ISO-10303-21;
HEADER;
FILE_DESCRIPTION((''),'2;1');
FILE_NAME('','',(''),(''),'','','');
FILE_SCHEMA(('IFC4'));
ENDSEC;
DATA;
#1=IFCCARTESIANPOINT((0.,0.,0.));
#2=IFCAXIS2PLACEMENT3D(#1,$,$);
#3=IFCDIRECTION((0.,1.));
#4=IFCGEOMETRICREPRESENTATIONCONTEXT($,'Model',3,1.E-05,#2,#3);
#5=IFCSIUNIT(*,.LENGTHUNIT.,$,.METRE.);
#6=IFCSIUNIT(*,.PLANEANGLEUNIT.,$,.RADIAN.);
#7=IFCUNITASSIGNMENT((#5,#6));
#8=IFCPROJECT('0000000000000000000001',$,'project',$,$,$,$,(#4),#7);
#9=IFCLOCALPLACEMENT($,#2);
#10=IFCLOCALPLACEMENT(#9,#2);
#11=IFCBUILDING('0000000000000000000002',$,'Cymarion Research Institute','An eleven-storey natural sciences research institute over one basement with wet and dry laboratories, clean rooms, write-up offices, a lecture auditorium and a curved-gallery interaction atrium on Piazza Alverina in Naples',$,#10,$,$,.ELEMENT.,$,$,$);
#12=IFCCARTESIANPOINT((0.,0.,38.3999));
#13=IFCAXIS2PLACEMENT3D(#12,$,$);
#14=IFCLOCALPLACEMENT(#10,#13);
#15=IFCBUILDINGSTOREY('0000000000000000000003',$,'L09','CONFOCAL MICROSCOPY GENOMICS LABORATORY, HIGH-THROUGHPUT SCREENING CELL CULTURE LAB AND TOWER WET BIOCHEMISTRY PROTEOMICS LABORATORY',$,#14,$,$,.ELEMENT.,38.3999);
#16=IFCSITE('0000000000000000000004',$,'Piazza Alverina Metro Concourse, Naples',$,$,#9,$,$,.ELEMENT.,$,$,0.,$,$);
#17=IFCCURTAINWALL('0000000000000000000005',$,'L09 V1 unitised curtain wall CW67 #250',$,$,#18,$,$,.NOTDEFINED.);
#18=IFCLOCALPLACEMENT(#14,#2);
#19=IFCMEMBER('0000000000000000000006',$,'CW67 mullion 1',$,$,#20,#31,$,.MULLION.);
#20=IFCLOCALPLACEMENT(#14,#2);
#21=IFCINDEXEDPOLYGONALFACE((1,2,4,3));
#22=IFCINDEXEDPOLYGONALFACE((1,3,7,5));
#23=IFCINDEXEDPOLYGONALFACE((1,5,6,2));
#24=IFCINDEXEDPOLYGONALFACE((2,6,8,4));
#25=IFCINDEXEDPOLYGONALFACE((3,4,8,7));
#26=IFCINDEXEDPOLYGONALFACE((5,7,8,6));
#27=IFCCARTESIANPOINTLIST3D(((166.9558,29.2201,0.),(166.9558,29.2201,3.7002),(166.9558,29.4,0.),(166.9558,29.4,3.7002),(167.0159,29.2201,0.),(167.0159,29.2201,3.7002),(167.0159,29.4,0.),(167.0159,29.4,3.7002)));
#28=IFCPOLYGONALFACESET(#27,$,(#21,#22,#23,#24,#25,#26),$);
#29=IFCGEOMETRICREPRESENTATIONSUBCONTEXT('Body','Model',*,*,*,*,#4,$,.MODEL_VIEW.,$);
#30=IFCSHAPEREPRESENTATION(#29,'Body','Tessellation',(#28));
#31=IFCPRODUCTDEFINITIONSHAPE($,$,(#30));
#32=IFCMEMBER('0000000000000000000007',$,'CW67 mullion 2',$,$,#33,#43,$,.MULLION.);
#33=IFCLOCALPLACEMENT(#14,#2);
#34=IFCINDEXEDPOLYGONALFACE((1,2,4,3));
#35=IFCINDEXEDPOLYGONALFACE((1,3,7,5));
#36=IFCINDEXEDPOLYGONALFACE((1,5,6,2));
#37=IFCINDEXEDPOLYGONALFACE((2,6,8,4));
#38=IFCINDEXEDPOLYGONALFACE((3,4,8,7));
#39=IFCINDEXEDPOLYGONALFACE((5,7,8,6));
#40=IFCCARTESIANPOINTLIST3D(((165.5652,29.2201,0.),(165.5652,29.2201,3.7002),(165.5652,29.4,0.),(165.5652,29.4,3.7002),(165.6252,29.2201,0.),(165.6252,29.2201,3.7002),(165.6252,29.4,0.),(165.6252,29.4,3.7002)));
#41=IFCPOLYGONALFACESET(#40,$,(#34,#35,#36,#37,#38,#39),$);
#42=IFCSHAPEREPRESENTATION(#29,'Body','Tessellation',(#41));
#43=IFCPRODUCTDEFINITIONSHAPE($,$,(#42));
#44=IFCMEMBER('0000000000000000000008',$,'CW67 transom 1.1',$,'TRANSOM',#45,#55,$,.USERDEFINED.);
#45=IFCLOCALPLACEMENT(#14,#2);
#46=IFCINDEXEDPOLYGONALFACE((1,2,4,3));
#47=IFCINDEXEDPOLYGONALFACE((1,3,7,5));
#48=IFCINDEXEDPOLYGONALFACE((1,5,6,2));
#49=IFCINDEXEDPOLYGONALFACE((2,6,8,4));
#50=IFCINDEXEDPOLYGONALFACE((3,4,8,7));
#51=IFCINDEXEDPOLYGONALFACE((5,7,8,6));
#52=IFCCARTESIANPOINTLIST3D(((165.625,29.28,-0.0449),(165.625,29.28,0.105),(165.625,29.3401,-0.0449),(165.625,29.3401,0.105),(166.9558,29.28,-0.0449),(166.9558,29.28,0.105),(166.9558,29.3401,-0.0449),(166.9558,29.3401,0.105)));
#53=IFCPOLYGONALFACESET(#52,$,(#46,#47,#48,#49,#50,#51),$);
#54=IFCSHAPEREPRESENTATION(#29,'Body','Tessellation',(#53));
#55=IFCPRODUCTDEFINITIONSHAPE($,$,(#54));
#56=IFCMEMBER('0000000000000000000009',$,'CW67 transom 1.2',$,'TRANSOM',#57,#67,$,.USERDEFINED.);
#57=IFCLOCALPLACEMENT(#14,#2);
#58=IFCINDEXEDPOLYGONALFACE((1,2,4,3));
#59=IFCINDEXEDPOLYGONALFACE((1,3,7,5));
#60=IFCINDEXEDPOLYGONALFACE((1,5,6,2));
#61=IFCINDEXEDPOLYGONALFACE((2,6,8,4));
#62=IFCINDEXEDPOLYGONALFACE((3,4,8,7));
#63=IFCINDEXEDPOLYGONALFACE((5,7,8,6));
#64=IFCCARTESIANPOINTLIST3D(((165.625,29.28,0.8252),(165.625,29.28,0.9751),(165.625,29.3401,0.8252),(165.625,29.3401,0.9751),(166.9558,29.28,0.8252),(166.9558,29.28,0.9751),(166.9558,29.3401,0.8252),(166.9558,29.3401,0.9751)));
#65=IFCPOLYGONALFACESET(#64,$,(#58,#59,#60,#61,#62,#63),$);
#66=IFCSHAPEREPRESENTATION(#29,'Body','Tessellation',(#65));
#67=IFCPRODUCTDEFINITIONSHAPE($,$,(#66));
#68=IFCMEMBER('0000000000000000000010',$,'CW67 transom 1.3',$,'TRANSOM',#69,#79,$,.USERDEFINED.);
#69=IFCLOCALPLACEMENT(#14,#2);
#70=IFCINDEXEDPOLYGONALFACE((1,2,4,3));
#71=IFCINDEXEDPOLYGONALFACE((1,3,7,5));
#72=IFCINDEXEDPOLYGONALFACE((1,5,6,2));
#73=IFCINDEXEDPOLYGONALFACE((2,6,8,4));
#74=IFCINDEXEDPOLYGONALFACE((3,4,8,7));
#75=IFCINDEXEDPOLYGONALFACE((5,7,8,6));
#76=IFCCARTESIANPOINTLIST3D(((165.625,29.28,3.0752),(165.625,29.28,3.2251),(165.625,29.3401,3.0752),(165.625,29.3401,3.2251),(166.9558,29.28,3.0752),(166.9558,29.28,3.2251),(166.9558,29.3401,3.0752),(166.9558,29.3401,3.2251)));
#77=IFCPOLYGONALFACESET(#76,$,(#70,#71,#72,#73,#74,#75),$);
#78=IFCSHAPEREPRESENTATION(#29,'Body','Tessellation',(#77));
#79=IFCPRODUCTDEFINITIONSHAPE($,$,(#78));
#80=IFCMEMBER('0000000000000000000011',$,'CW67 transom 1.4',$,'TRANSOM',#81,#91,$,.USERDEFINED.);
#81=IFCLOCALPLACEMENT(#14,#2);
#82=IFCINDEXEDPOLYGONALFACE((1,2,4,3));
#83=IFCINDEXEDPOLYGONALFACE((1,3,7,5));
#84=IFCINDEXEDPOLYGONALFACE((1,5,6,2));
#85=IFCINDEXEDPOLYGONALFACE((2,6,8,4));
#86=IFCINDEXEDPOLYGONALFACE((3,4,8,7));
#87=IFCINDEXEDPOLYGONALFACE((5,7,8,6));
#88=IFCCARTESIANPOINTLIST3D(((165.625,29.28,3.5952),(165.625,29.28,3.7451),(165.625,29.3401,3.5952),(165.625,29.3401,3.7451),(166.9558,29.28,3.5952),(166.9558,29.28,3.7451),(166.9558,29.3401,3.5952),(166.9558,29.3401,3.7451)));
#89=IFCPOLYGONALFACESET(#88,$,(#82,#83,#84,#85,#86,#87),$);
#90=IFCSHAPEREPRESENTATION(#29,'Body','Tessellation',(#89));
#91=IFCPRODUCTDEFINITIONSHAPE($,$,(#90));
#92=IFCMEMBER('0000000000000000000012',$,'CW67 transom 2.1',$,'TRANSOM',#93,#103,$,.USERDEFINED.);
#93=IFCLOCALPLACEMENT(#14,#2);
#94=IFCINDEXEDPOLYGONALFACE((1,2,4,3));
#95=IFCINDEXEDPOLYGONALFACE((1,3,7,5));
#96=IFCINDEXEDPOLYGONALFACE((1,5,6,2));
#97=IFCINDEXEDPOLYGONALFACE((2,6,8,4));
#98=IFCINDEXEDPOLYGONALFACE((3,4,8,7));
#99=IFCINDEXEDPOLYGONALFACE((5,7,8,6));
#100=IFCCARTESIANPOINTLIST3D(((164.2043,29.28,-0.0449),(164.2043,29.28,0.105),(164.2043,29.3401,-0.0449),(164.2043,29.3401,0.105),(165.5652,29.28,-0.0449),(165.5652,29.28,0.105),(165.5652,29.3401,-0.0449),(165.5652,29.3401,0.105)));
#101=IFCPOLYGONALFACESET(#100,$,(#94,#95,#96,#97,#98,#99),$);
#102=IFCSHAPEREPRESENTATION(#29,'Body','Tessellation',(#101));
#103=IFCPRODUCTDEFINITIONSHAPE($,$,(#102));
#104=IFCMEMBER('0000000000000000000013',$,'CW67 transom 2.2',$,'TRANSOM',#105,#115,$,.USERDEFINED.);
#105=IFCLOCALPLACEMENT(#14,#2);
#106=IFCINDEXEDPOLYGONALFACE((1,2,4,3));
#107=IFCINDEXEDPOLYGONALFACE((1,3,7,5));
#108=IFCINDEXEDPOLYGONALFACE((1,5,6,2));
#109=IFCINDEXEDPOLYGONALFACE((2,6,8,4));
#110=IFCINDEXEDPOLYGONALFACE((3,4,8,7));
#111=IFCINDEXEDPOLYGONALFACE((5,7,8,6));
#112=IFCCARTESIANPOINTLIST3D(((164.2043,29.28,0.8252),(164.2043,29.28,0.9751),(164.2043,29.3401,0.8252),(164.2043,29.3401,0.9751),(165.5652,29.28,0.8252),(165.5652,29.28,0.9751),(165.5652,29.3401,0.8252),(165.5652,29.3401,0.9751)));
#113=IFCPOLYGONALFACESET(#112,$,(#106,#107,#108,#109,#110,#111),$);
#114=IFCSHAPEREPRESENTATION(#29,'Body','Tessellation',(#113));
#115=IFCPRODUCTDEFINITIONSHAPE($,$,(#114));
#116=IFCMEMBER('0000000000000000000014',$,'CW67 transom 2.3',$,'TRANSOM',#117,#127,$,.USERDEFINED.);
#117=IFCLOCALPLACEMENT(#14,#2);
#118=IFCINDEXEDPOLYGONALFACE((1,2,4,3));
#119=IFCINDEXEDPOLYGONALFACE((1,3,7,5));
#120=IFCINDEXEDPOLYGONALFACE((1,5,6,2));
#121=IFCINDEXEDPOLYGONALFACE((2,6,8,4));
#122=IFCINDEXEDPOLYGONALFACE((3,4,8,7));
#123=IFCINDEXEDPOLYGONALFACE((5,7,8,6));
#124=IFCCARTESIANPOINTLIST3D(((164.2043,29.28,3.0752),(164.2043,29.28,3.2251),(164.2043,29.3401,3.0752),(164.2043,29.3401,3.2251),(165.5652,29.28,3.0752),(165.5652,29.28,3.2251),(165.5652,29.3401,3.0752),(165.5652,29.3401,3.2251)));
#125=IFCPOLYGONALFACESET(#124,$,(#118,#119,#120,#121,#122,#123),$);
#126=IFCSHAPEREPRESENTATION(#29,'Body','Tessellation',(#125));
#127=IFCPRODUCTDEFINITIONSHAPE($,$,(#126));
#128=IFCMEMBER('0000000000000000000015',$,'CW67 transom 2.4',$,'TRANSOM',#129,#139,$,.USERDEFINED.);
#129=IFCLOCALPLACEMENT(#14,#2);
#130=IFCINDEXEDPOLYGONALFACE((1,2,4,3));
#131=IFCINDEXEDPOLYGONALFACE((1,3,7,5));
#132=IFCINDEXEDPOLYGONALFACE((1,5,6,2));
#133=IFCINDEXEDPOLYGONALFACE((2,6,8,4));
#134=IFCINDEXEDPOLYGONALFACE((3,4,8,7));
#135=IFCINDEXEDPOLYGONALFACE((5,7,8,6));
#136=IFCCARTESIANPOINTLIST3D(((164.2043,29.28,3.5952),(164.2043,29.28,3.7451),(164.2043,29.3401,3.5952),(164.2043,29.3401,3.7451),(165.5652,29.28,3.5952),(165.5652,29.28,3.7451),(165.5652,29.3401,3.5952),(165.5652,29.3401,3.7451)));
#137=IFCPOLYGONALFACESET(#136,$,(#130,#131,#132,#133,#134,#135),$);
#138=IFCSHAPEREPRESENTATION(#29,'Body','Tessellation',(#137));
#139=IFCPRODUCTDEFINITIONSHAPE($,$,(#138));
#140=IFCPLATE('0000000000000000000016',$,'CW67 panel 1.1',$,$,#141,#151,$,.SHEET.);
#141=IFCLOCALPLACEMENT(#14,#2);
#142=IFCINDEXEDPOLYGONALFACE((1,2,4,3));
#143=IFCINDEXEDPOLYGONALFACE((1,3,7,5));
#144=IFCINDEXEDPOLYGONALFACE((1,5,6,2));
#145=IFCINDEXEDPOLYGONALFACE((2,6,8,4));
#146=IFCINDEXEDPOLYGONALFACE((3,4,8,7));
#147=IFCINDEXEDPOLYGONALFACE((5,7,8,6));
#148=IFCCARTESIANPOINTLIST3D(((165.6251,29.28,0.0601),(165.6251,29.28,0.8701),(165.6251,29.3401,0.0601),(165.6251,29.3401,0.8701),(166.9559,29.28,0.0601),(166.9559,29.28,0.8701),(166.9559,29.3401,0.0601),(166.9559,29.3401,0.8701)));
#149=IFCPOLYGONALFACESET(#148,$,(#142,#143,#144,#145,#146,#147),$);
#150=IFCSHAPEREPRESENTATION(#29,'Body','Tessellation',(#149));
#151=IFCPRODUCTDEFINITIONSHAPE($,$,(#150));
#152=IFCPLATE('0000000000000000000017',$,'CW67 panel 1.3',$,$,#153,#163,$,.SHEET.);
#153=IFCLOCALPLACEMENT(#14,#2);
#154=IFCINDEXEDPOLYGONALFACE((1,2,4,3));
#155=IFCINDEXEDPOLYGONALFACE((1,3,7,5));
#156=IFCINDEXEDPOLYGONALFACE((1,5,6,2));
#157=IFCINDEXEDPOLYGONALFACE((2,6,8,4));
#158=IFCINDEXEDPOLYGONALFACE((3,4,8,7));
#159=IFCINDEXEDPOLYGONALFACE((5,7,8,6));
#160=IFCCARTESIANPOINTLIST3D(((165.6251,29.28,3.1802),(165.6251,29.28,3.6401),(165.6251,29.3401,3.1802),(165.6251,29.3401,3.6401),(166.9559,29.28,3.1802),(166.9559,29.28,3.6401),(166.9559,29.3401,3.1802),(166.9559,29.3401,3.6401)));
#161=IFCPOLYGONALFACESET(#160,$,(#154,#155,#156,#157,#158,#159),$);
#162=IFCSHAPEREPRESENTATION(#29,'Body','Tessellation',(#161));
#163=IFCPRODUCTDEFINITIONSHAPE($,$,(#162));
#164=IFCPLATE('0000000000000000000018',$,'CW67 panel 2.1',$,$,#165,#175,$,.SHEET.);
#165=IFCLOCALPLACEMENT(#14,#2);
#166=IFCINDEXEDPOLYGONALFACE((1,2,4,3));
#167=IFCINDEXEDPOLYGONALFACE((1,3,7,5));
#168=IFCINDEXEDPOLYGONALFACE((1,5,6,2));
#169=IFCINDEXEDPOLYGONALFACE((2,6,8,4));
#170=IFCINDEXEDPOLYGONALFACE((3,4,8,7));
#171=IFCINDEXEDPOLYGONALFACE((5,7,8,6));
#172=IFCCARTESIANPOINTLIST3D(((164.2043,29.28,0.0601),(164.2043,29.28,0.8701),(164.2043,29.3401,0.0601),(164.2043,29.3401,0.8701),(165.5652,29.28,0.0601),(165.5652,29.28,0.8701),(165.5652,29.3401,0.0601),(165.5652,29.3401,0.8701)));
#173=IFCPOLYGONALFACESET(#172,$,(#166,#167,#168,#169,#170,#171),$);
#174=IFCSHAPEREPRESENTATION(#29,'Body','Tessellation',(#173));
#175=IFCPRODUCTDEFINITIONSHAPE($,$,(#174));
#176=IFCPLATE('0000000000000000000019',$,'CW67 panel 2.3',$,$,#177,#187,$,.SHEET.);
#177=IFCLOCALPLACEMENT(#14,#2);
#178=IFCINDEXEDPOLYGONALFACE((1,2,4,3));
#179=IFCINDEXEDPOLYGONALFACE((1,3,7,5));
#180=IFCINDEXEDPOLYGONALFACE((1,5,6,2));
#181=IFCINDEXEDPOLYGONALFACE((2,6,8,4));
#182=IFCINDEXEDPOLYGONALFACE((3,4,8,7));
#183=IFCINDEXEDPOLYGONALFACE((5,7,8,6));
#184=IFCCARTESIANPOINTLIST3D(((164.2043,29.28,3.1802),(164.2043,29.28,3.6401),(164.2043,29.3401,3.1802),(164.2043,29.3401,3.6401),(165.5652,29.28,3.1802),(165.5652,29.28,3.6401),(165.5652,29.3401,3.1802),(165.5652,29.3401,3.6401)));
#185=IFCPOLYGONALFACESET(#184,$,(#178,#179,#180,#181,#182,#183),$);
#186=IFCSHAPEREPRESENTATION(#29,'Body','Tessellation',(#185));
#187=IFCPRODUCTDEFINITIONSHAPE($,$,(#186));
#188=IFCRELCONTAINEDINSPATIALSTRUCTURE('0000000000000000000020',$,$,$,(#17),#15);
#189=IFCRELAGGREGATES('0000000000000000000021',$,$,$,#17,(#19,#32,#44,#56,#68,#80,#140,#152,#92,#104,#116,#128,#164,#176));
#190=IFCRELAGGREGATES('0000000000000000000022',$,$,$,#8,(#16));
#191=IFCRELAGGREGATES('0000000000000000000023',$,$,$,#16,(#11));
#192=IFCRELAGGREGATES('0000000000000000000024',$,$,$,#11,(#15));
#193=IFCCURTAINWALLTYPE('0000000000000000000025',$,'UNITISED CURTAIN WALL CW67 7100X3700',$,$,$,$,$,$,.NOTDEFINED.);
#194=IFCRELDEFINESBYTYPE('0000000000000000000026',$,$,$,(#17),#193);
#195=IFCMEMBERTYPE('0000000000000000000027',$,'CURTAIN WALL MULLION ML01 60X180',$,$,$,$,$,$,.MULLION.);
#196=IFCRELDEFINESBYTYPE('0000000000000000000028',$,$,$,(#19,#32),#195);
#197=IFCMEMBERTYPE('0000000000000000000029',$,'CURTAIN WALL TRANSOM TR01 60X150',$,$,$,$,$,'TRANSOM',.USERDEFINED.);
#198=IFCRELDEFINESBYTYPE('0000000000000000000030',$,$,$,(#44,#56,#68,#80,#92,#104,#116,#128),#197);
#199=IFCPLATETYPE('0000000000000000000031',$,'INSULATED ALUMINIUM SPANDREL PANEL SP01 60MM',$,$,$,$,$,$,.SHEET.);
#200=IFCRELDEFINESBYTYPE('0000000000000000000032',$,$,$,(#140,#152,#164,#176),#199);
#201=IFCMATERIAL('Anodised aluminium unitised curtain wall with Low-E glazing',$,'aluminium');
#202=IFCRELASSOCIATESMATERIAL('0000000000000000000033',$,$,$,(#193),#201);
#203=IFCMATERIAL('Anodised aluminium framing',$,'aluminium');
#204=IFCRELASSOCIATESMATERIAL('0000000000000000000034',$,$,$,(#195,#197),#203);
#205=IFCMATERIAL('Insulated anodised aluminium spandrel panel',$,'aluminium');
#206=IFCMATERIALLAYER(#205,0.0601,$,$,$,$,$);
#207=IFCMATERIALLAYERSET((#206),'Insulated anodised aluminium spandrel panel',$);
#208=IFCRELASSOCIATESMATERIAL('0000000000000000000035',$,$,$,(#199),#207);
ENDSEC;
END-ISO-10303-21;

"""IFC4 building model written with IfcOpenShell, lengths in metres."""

from ifc_helpers import new_model, si_unit, direction, frame, origin, origin_2d, place, context, subcontext, project, spatial, rectangle, extrude, material, layer, layer_set, material_profile, profile_set, type_object, element, aggregate, save


model = new_model("IFC4")

# Units and contexts
model_context = context("Model", 3, precision=1e-05, world=origin(), true_north=direction((0.0, 1.0)))
body_context = subcontext(model_context, "Body", "Model", "MODEL_VIEW")
ifc_project = project(units=[si_unit("LENGTHUNIT", "METRE"), si_unit("PLANEANGLEUNIT", "RADIAN")], contexts=[model_context])

# Site, building, storey
site_placement = place(None, origin())
site = spatial("IfcSite", under=ifc_project, at=site_placement, Name="Piazza Alverina Metro Concourse, Naples", CompositionType="ELEMENT", RefElevation=0.0)
building_placement = place(site_placement, origin())
building = spatial("IfcBuilding", under=site, at=building_placement, Name="Cymarion Research Institute", Description="An eleven-storey natural sciences research institute over one basement with wet and dry laboratories, clean rooms, write-up offices, a lecture auditorium and a curved-gallery interaction atrium on Piazza Alverina in Naples", CompositionType="ELEMENT")
storey_placement = place(building_placement, frame((0.0, 0.0, 38.3999)))
storey = spatial("IfcBuildingStorey", under=building, at=storey_placement, Name="L09", Description="CONFOCAL MICROSCOPY GENOMICS LABORATORY, HIGH-THROUGHPUT SCREENING CELL CULTURE LAB AND TOWER WET BIOCHEMISTRY PROTEOMICS LABORATORY", CompositionType="ELEMENT", Elevation=38.3999)

# Curtain wall, members, plates
ifc_material_1 = material(Name="Anodised aluminium unitised curtain wall with Low-E glazing", Category="aluminium")
curtain_wall_type = type_object("IfcCurtainWallType", Name="UNITISED CURTAIN WALL CW67 7100X3700", PredefinedType="NOTDEFINED", material=ifc_material_1)
curtain_wall_placement = place(storey_placement, origin())
curtain_wall = element("IfcCurtainWall", 1, at=curtain_wall_placement, inside=storey, type_object=curtain_wall_type, Name="L09 V1 unitised curtain wall CW67 #250", PredefinedType="NOTDEFINED")
ifc_material_2 = material(Name="Anodised aluminium framing", Category="aluminium")
ifc_material_profile_1 = material_profile(ifc_material_2, rectangle(XDim=0.0601, YDim=0.1799, at=origin_2d()), Name="ALU MULLION 60x180")
ifc_profile_set_1 = profile_set([ifc_material_profile_1], Name="Anodised aluminium framing")
member_type_1 = type_object("IfcMemberType", Name="CURTAIN WALL MULLION ML01 60X180", PredefinedType="MULLION", material=ifc_profile_set_1)
member_1_placement = place(storey_placement, frame((166.9858, 29.3101, 0.0), z_axis=(0.0, 0.0, 1.0), x_axis=(-1.0, 0.0, 0.0)))
member_1 = element("IfcMember", 2, at=member_1_placement, type_object=member_type_1, Name="CW67 mullion 1", PredefinedType="MULLION", context=body_context, shape_type="SweptSolid", body=[
    extrude(rectangle(XDim=0.0601, YDim=0.1799, at=origin_2d()), origin(), (0.0, 0.0, 1.0), 3.7002),
])
member_2_placement = place(storey_placement, frame((165.5952, 29.3101, 0.0), z_axis=(0.0, 0.0, 1.0), x_axis=(-1.0, 0.0, 0.0)))
member_2 = element("IfcMember", 3, at=member_2_placement, type_object=member_type_1, Name="CW67 mullion 2", PredefinedType="MULLION", context=body_context, shape_type="SweptSolid", body=[
    extrude(rectangle(XDim=0.0601, YDim=0.1799, at=origin_2d()), origin(), (0.0, 0.0, 1.0), 3.7002),
])
ifc_material_profile_2 = material_profile(ifc_material_2, rectangle(XDim=0.0601, YDim=0.1499, at=origin_2d()), Name="ALU TRANSOM 60x150")
ifc_profile_set_2 = profile_set([ifc_material_profile_2], Name="Anodised aluminium framing")
member_type_2 = type_object("IfcMemberType", Name="CURTAIN WALL TRANSOM TR01 60X150", ElementType="TRANSOM", PredefinedType="USERDEFINED", material=ifc_profile_set_2)
member_3_placement = place(storey_placement, frame((166.9558, 29.3101, 0.03), z_axis=(-1.0, 0.0, 0.0), x_axis=(0.0, -1.0, 0.0)))
member_3 = element("IfcMember", 4, at=member_3_placement, type_object=member_type_2, Name="CW67 transom 1.1", ObjectType="TRANSOM", PredefinedType="USERDEFINED", context=body_context, shape_type="SweptSolid", body=[
    extrude(rectangle(XDim=0.0601, YDim=0.1499, at=origin_2d()), origin(), (0.0, 0.0, 1.0), 1.3308),
])
member_4_placement = place(storey_placement, frame((166.9558, 29.3101, 0.9001), z_axis=(-1.0, 0.0, 0.0), x_axis=(0.0, -1.0, 0.0)))
member_4 = element("IfcMember", 5, at=member_4_placement, type_object=member_type_2, Name="CW67 transom 1.2", ObjectType="TRANSOM", PredefinedType="USERDEFINED", context=body_context, shape_type="SweptSolid", body=[
    extrude(rectangle(XDim=0.0601, YDim=0.1499, at=origin_2d()), origin(), (0.0, 0.0, 1.0), 1.3308),
])
member_5_placement = place(storey_placement, frame((166.9558, 29.3101, 3.1501), z_axis=(-1.0, 0.0, 0.0), x_axis=(0.0, -1.0, 0.0)))
member_5 = element("IfcMember", 6, at=member_5_placement, type_object=member_type_2, Name="CW67 transom 1.3", ObjectType="TRANSOM", PredefinedType="USERDEFINED", context=body_context, shape_type="SweptSolid", body=[
    extrude(rectangle(XDim=0.0601, YDim=0.1499, at=origin_2d()), origin(), (0.0, 0.0, 1.0), 1.3308),
])
member_6_placement = place(storey_placement, frame((166.9558, 29.3101, 3.6702), z_axis=(-1.0, 0.0, 0.0), x_axis=(0.0, -1.0, 0.0)))
member_6 = element("IfcMember", 7, at=member_6_placement, type_object=member_type_2, Name="CW67 transom 1.4", ObjectType="TRANSOM", PredefinedType="USERDEFINED", context=body_context, shape_type="SweptSolid", body=[
    extrude(rectangle(XDim=0.0601, YDim=0.1499, at=origin_2d()), origin(), (0.0, 0.0, 1.0), 1.3308),
])
member_7_placement = place(storey_placement, frame((165.5652, 29.3101, 0.03), z_axis=(-1.0, 0.0, 0.0), x_axis=(0.0, -1.0, 0.0)))
member_7 = element("IfcMember", 8, at=member_7_placement, type_object=member_type_2, Name="CW67 transom 2.1", ObjectType="TRANSOM", PredefinedType="USERDEFINED", context=body_context, shape_type="SweptSolid", body=[
    extrude(rectangle(XDim=0.0601, YDim=0.1499, at=origin_2d()), origin(), (0.0, 0.0, 1.0), 1.3608),
])
member_8_placement = place(storey_placement, frame((165.5652, 29.3101, 0.9001), z_axis=(-1.0, 0.0, 0.0), x_axis=(0.0, -1.0, 0.0)))
member_8 = element("IfcMember", 9, at=member_8_placement, type_object=member_type_2, Name="CW67 transom 2.2", ObjectType="TRANSOM", PredefinedType="USERDEFINED", context=body_context, shape_type="SweptSolid", body=[
    extrude(rectangle(XDim=0.0601, YDim=0.1499, at=origin_2d()), origin(), (0.0, 0.0, 1.0), 1.3608),
])
member_9_placement = place(storey_placement, frame((165.5652, 29.3101, 3.1501), z_axis=(-1.0, 0.0, 0.0), x_axis=(0.0, -1.0, 0.0)))
member_9 = element("IfcMember", 10, at=member_9_placement, type_object=member_type_2, Name="CW67 transom 2.3", ObjectType="TRANSOM", PredefinedType="USERDEFINED", context=body_context, shape_type="SweptSolid", body=[
    extrude(rectangle(XDim=0.0601, YDim=0.1499, at=origin_2d()), origin(), (0.0, 0.0, 1.0), 1.3608),
])
member_10_placement = place(storey_placement, frame((165.5652, 29.3101, 3.6702), z_axis=(-1.0, 0.0, 0.0), x_axis=(0.0, -1.0, 0.0)))
member_10 = element("IfcMember", 11, at=member_10_placement, type_object=member_type_2, Name="CW67 transom 2.4", ObjectType="TRANSOM", PredefinedType="USERDEFINED", context=body_context, shape_type="SweptSolid", body=[
    extrude(rectangle(XDim=0.0601, YDim=0.1499, at=origin_2d()), origin(), (0.0, 0.0, 1.0), 1.3608),
])
ifc_material_3 = material(Name="Insulated anodised aluminium spandrel panel", Category="aluminium")
ifc_layer_1 = layer(ifc_material_3, 0.0601)
ifc_layer_set_1 = layer_set([ifc_layer_1], Name="Insulated anodised aluminium spandrel panel")
plate_type_1 = type_object("IfcPlateType", Name="INSULATED ALUMINIUM SPANDREL PANEL SP01 60MM", PredefinedType="SHEET", material=ifc_layer_set_1)
plate_1_placement = place(storey_placement, frame((166.2905, 29.3101, 0.0601), z_axis=(0.0, 0.0, 1.0), x_axis=(-1.0, 0.0, 0.0)))
plate_1 = element("IfcPlate", 12, at=plate_1_placement, type_object=plate_type_1, Name="CW67 panel 1.1", PredefinedType="SHEET", context=body_context, shape_type="SweptSolid", body=[
    extrude(rectangle(XDim=1.3308, YDim=0.0601, at=origin_2d()), origin(), (0.0, 0.0, 1.0), 0.8101),
])
plate_2_placement = place(storey_placement, frame((166.2905, 29.3101, 3.1802), z_axis=(0.0, 0.0, 1.0), x_axis=(-1.0, 0.0, 0.0)))
plate_2 = element("IfcPlate", 13, at=plate_2_placement, type_object=plate_type_1, Name="CW67 panel 1.3", PredefinedType="SHEET", context=body_context, shape_type="SweptSolid", body=[
    extrude(rectangle(XDim=1.3308, YDim=0.0601, at=origin_2d()), origin(), (0.0, 0.0, 1.0), 0.46),
])
plate_3_placement = place(storey_placement, frame((164.8848, 29.3101, 0.0601), z_axis=(0.0, 0.0, 1.0), x_axis=(-1.0, 0.0, 0.0)))
plate_3 = element("IfcPlate", 14, at=plate_3_placement, type_object=plate_type_1, Name="CW67 panel 2.1", PredefinedType="SHEET", context=body_context, shape_type="SweptSolid", body=[
    extrude(rectangle(XDim=1.3608, YDim=0.0601, at=origin_2d()), origin(), (0.0, 0.0, 1.0), 0.8101),
])
plate_4_placement = place(storey_placement, frame((164.8848, 29.3101, 3.1802), z_axis=(0.0, 0.0, 1.0), x_axis=(-1.0, 0.0, 0.0)))
plate_4 = element("IfcPlate", 15, at=plate_4_placement, type_object=plate_type_1, Name="CW67 panel 2.3", PredefinedType="SHEET", context=body_context, shape_type="SweptSolid", body=[
    extrude(rectangle(XDim=1.3608, YDim=0.0601, at=origin_2d()), origin(), (0.0, 0.0, 1.0), 0.46),
])
aggregate(curtain_wall, [member_1, member_2, member_3, member_4, member_5, member_6, plate_1, plate_2, member_7, member_8, member_9, member_10, plate_3, plate_4])

save(model, "model.ifc")
